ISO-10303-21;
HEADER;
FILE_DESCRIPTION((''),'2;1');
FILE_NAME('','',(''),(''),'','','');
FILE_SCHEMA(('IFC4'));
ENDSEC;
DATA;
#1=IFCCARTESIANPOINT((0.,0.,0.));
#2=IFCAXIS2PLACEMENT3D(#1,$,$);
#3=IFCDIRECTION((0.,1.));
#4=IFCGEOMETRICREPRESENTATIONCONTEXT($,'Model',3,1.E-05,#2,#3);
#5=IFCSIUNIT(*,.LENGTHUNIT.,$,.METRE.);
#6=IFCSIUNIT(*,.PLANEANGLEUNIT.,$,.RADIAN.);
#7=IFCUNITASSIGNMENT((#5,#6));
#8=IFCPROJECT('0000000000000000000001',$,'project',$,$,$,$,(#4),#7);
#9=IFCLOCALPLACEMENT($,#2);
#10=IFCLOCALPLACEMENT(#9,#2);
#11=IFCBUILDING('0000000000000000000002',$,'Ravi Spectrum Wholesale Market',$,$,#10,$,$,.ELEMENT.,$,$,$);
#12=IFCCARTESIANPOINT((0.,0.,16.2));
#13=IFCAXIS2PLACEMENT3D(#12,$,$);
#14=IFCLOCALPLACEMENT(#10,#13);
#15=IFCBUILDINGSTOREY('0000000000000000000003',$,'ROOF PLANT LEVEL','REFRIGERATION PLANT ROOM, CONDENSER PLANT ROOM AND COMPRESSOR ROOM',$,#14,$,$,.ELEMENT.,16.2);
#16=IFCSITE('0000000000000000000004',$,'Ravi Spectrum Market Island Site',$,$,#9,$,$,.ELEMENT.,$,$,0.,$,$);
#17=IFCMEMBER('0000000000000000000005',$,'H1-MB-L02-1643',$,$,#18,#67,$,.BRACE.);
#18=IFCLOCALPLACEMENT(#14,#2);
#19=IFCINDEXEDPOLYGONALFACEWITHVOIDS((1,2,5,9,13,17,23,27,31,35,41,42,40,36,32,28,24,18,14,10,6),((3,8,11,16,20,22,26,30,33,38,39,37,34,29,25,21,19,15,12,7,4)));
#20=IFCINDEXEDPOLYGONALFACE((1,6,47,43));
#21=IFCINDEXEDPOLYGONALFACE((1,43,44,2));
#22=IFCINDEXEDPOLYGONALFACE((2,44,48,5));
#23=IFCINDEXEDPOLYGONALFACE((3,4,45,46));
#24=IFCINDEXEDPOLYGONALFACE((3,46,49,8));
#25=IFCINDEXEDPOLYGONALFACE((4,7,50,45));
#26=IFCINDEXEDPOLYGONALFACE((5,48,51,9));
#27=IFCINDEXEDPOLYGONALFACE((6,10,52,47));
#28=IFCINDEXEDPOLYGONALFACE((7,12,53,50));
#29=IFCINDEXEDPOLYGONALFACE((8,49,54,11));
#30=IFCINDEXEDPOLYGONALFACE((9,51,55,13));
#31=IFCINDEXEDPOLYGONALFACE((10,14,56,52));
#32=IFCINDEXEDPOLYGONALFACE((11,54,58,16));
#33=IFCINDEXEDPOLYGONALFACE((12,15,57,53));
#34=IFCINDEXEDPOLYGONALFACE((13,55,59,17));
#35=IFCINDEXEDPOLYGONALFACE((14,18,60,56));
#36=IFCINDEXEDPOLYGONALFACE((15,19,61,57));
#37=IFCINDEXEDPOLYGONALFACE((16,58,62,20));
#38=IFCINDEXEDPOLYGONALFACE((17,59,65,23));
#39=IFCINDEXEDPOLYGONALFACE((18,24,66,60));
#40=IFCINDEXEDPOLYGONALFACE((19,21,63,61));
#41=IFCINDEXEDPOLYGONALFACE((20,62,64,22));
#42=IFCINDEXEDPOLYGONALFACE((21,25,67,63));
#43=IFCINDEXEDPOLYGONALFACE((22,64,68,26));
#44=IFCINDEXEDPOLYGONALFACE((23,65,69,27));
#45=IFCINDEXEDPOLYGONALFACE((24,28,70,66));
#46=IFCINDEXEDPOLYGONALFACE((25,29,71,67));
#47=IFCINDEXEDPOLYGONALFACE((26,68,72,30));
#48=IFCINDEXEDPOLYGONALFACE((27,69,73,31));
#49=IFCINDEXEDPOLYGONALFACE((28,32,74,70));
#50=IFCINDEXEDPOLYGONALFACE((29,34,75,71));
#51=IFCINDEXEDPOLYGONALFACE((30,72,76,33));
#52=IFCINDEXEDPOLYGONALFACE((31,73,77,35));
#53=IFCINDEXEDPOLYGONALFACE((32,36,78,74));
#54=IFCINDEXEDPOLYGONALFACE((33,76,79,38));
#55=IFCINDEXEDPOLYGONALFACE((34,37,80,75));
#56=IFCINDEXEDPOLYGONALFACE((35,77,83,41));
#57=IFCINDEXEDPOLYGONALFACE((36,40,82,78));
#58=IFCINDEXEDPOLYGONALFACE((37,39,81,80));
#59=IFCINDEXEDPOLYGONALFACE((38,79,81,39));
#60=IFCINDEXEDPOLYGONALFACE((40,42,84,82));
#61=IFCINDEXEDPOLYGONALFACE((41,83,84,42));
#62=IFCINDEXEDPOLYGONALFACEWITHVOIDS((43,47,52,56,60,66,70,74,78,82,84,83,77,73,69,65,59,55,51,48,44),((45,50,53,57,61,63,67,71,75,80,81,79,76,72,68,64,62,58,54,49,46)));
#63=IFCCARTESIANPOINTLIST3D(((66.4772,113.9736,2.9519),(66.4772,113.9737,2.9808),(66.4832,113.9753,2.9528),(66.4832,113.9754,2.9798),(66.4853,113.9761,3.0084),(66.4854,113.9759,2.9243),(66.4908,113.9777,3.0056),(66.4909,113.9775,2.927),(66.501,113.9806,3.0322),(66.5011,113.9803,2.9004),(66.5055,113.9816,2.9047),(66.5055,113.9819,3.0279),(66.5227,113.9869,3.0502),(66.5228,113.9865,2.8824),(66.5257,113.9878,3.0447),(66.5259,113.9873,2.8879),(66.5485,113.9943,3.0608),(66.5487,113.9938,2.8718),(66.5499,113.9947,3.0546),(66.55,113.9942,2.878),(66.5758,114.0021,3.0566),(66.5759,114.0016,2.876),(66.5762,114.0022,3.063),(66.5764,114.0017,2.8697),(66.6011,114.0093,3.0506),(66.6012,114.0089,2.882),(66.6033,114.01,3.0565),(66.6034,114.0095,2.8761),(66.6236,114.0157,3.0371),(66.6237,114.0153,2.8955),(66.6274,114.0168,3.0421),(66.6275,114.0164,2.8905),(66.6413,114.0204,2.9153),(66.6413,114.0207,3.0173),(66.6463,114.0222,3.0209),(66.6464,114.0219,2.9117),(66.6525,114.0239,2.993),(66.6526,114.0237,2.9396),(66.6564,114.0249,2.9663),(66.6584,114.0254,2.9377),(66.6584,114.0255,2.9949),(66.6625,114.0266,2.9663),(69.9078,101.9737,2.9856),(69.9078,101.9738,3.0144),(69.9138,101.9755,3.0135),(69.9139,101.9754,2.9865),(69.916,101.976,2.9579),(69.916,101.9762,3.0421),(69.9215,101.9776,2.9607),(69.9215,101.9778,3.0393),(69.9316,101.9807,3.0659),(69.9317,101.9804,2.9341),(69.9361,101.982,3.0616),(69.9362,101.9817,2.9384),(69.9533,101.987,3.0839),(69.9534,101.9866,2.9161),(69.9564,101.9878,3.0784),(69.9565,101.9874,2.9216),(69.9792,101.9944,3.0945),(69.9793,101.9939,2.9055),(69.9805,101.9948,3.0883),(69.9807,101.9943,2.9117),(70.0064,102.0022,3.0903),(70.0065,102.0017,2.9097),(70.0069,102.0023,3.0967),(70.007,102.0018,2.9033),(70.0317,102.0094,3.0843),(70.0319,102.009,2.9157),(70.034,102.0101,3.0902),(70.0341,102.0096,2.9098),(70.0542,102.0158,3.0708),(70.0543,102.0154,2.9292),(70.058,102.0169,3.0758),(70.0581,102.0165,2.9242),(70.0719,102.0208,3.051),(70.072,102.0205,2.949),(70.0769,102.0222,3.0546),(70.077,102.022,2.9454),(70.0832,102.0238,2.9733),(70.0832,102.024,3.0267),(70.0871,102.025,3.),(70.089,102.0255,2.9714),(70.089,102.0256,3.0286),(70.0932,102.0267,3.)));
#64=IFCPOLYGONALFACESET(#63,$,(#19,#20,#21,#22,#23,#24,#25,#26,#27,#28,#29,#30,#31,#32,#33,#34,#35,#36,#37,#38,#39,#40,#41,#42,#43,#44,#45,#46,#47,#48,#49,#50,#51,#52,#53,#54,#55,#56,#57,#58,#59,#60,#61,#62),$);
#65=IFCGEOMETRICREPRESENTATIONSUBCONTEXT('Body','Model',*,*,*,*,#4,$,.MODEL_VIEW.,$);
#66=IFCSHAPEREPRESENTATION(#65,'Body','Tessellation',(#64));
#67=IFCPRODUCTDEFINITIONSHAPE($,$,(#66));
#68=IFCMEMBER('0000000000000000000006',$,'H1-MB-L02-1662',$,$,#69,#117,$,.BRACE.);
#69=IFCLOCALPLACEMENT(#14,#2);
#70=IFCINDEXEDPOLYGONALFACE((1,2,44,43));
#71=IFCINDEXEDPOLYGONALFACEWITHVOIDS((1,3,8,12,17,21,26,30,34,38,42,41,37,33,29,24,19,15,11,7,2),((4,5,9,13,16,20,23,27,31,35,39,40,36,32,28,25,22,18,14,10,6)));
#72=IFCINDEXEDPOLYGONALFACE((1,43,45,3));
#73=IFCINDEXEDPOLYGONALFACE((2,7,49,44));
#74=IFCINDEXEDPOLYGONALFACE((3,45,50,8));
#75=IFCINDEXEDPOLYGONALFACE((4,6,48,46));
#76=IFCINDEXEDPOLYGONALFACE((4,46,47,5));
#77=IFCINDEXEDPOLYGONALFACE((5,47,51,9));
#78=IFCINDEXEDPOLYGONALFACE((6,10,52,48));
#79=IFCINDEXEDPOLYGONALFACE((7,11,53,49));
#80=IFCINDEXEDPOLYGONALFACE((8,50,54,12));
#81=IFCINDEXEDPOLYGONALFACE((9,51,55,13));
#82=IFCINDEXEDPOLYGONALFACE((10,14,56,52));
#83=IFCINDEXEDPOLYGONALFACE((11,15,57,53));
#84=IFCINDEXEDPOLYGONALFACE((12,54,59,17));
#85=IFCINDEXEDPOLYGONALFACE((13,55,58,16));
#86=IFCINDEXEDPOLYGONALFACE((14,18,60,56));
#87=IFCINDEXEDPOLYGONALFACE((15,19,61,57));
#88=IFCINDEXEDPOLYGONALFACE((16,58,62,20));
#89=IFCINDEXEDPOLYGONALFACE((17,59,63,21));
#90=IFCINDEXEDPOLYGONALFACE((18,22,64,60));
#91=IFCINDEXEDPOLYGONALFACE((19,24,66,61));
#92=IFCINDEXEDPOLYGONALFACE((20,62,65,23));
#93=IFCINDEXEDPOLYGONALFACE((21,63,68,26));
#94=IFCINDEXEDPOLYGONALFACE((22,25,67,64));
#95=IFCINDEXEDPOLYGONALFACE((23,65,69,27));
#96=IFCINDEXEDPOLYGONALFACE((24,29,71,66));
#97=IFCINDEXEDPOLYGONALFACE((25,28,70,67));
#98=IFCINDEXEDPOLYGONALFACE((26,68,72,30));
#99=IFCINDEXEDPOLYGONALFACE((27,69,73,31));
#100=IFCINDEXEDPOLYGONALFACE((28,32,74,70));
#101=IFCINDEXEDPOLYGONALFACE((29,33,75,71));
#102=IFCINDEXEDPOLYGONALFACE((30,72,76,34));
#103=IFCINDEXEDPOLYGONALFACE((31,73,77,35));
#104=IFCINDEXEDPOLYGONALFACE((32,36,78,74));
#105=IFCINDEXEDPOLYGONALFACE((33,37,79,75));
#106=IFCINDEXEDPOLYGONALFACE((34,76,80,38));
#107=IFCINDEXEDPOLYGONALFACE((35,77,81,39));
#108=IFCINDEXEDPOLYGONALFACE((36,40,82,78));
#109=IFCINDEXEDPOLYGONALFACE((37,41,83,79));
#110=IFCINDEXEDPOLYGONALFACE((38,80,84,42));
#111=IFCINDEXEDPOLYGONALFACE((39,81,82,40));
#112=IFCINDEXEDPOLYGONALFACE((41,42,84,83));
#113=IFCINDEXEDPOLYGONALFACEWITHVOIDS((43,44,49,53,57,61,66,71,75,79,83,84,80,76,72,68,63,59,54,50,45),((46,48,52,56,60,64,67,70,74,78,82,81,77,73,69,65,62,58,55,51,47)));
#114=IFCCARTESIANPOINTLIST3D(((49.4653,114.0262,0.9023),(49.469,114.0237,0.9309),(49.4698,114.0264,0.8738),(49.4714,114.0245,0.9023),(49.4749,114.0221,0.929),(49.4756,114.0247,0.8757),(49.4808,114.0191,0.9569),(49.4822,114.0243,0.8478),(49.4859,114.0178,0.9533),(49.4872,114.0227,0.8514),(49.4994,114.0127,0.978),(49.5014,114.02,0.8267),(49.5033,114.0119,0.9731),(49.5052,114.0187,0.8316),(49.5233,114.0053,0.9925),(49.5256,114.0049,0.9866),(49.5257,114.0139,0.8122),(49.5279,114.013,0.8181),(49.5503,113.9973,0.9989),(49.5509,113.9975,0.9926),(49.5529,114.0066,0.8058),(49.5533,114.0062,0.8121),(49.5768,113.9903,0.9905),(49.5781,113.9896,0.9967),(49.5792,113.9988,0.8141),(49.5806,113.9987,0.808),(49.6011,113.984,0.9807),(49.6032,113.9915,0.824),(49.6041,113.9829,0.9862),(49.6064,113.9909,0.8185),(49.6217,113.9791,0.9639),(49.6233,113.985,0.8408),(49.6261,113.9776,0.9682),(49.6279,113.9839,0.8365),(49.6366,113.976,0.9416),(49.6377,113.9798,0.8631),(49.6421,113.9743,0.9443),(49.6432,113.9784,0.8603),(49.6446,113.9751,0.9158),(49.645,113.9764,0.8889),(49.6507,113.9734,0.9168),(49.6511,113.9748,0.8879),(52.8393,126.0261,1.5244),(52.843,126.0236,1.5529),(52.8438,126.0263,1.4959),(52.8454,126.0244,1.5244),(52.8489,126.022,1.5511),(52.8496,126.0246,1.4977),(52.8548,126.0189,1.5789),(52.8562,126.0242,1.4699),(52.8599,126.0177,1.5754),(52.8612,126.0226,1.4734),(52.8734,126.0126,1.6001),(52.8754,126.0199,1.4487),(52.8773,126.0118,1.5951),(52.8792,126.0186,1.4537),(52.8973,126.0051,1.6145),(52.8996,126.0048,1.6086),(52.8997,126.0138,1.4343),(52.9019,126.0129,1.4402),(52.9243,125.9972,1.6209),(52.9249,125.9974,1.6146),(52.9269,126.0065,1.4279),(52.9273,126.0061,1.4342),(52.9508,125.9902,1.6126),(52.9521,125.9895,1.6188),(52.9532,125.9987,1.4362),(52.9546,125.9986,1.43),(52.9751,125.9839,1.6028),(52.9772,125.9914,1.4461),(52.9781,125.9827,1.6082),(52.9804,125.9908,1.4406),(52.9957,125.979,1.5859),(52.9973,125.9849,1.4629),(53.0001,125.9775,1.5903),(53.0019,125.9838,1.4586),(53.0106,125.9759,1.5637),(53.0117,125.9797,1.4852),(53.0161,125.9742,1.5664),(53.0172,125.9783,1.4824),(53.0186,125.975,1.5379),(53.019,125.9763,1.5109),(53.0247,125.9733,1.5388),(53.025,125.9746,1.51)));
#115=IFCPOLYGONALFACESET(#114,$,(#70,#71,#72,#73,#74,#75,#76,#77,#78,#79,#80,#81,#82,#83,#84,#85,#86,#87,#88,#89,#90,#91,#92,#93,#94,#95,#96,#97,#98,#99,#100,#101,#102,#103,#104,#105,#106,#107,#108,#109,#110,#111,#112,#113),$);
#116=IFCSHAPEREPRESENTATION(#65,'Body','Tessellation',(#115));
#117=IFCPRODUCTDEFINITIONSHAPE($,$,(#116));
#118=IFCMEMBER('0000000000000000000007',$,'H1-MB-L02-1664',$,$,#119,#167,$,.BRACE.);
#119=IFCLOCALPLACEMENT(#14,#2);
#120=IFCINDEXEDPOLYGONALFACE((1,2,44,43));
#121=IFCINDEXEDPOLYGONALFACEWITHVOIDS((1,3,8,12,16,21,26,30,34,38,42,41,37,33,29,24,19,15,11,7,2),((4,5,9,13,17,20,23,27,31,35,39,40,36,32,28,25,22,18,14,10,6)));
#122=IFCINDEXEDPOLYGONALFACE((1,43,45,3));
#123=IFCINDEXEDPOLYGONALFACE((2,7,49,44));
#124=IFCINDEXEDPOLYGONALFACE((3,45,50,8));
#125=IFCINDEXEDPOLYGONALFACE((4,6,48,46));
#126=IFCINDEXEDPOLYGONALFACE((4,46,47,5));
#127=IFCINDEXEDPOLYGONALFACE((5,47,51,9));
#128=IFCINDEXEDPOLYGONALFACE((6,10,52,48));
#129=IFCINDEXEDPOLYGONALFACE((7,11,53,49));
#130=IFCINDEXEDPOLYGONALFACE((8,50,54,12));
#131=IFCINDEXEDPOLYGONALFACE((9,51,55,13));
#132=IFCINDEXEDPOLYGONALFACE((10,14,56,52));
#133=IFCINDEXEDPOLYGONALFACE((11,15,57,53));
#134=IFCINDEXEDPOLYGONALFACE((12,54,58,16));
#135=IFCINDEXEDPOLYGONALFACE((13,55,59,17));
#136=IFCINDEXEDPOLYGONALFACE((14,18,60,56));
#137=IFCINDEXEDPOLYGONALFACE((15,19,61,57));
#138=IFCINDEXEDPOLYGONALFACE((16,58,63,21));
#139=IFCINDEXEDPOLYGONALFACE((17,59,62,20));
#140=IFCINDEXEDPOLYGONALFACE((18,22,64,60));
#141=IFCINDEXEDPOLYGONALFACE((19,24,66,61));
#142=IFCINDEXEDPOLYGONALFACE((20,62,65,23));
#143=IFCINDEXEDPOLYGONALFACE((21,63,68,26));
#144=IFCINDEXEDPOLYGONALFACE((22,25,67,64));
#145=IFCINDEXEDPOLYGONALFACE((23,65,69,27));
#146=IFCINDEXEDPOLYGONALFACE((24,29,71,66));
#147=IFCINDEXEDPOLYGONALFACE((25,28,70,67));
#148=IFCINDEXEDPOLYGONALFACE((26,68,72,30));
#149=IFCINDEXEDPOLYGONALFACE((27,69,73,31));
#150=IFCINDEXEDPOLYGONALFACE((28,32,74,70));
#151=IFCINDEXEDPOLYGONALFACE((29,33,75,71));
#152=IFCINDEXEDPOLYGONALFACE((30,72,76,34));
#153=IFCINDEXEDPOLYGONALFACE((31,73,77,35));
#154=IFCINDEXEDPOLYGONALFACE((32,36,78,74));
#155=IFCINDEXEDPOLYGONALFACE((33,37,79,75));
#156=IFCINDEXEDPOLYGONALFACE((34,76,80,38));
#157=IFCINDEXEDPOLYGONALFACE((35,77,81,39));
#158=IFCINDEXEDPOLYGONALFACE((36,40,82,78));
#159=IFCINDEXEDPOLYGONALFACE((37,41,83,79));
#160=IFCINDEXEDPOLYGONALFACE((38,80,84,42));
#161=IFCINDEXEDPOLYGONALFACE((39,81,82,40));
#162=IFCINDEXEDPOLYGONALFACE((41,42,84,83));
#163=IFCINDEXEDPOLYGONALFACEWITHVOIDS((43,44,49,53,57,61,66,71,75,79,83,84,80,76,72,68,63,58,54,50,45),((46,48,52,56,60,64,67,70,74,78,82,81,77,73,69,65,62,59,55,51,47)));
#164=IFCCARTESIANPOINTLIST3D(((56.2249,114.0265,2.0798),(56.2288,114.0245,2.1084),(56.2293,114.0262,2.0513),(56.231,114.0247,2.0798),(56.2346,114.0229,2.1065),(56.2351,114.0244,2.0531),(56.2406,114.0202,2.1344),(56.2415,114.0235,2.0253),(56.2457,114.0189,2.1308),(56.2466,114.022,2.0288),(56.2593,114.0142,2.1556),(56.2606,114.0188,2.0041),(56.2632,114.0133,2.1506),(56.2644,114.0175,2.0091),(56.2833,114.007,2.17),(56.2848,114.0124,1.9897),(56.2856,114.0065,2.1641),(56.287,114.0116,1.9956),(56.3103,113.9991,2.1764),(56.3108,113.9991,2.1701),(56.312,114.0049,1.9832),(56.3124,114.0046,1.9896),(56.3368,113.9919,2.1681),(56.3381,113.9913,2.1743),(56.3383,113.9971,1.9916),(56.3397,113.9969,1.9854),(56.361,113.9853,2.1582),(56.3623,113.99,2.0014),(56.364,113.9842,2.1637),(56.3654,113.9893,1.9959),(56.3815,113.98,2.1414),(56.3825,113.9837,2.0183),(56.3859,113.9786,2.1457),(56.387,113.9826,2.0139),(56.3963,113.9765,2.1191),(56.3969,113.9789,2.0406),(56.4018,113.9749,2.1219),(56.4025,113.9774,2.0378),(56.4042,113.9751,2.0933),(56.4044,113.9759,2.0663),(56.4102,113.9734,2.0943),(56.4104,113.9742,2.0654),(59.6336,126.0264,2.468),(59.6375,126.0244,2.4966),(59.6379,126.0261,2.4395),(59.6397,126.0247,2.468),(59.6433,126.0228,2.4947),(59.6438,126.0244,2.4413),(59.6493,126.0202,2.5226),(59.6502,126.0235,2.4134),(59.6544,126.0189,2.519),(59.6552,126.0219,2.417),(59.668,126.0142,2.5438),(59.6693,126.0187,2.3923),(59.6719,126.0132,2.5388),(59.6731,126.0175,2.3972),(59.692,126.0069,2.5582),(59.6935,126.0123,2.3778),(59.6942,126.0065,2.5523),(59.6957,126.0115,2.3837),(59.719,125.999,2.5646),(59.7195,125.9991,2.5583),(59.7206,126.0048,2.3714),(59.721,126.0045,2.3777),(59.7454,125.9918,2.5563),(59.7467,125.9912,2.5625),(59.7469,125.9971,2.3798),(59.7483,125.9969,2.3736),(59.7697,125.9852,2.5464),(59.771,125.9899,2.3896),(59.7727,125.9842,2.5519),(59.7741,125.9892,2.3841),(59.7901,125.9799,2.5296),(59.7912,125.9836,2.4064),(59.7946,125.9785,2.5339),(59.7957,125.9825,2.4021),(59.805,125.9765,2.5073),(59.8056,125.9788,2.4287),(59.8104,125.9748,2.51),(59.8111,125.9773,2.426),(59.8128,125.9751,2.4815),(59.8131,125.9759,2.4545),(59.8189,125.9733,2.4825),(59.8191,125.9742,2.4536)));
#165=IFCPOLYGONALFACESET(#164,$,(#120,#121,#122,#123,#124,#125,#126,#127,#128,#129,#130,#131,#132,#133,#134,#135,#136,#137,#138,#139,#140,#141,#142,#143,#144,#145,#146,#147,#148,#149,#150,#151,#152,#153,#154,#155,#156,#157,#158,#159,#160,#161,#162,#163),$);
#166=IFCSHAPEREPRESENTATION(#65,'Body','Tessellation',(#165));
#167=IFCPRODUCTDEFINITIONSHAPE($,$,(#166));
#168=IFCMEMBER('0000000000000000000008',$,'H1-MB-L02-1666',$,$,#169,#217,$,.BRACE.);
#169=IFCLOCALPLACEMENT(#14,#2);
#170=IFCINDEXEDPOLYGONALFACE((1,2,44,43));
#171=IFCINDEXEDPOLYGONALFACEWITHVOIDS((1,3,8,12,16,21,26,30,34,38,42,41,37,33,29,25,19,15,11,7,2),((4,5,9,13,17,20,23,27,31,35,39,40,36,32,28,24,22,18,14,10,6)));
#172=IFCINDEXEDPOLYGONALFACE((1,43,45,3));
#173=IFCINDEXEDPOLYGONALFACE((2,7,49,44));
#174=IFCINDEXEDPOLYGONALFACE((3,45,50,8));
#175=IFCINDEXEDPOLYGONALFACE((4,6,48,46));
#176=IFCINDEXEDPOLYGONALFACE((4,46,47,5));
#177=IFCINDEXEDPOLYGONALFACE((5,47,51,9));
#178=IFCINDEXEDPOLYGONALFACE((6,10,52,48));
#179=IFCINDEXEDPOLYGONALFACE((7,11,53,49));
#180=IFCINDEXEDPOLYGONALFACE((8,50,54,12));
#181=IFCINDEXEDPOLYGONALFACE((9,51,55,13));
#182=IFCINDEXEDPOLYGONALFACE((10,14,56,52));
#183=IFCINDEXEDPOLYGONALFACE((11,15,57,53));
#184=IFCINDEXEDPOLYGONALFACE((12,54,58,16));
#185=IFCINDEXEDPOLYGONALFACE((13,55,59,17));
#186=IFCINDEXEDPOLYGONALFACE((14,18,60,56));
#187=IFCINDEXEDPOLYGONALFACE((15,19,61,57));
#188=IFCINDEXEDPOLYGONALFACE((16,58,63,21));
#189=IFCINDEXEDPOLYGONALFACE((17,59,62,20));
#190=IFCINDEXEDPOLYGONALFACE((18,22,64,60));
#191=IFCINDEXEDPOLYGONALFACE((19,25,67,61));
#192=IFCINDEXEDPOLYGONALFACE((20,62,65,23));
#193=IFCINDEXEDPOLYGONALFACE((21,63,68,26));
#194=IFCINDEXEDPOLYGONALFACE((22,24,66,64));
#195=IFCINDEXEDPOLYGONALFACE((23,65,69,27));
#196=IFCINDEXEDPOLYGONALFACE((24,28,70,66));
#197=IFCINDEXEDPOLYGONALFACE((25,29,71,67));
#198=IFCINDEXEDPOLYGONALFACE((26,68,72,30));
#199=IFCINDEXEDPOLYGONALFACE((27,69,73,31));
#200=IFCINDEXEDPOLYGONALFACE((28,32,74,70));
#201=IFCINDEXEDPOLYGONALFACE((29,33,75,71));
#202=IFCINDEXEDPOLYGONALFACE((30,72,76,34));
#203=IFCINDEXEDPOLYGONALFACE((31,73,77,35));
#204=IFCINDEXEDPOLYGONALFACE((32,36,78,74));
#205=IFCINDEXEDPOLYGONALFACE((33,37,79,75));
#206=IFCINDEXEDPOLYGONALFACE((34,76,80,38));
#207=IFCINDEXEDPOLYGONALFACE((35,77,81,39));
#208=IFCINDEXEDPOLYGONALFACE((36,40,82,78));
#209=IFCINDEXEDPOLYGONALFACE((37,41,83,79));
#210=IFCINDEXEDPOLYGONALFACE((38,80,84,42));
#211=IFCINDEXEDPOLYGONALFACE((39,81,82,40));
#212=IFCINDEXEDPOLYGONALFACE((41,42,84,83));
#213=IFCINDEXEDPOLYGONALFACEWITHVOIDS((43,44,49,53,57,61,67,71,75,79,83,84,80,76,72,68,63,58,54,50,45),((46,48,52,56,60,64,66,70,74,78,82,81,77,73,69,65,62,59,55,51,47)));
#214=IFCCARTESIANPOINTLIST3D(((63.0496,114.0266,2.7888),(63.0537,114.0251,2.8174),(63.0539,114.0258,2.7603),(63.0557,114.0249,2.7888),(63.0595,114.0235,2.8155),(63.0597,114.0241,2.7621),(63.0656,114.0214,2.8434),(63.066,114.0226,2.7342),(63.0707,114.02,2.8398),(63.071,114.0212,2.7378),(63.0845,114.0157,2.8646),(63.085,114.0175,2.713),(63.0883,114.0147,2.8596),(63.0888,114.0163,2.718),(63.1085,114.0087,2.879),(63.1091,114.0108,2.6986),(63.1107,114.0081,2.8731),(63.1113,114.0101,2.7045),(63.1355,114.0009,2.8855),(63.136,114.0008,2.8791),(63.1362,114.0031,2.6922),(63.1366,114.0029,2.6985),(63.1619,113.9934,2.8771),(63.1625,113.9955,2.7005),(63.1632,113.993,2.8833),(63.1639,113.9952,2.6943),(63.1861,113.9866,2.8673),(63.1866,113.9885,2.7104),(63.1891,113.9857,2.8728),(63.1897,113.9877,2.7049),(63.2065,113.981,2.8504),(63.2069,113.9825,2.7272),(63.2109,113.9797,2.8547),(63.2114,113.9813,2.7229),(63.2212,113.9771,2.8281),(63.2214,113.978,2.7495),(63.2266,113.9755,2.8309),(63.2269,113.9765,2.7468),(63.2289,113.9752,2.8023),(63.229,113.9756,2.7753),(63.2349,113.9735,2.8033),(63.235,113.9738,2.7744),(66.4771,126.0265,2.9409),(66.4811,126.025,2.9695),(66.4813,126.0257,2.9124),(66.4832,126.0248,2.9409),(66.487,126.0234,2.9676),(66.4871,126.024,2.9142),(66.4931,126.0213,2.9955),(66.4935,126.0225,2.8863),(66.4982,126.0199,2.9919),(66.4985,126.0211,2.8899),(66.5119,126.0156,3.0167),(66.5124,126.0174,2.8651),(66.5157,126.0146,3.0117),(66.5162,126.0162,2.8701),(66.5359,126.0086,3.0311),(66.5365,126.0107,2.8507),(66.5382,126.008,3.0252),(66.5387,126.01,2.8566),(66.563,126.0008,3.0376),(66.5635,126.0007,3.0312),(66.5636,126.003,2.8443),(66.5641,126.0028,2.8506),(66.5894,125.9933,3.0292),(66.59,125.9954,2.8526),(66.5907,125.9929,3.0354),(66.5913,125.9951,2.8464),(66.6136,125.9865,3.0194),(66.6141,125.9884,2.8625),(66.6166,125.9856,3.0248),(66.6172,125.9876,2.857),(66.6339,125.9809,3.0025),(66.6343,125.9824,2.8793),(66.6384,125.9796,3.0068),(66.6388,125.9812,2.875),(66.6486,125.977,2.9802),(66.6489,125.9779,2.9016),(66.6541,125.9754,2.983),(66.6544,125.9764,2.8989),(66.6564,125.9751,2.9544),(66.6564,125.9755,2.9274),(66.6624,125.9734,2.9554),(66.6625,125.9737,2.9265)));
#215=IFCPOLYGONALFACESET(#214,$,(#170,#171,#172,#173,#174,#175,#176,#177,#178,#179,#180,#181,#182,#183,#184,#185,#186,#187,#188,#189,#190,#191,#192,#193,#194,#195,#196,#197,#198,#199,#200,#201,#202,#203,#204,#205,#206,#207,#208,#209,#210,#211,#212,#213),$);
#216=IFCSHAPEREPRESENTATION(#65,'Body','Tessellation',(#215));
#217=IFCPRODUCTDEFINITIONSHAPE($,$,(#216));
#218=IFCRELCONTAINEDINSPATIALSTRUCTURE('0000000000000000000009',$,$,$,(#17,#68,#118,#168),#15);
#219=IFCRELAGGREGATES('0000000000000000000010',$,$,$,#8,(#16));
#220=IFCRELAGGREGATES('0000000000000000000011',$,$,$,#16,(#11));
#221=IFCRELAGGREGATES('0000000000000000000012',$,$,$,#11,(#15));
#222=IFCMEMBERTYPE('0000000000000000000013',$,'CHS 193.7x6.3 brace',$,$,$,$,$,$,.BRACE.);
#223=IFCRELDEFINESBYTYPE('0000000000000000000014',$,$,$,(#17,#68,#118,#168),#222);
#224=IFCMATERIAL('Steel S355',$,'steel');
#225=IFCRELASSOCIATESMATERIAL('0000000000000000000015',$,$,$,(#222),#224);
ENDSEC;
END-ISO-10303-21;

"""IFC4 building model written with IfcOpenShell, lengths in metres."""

from ifc_helpers import new_model, si_unit, direction, frame, origin, origin_2d, place, context, subcontext, project, spatial, hollow_circle, extrude, material, material_profile, profile_set, type_object, element, save


model = new_model("IFC4")

# Units and contexts
model_context = context("Model", 3, precision=1e-05, world=origin(), true_north=direction((0.0, 1.0)))
body_context = subcontext(model_context, "Body", "Model", "MODEL_VIEW")
ifc_project = project(units=[si_unit("LENGTHUNIT", "METRE"), si_unit("PLANEANGLEUNIT", "RADIAN")], contexts=[model_context])

# Site, building, storey
site_placement = place(None, origin())
site = spatial("IfcSite", under=ifc_project, at=site_placement, Name="Ravi Spectrum Market Island Site", CompositionType="ELEMENT", RefElevation=0.0)
building_placement = place(site_placement, origin())
building = spatial("IfcBuilding", under=site, at=building_placement, Name="Ravi Spectrum Wholesale Market", CompositionType="ELEMENT")
storey_placement = place(building_placement, frame((0.0, 0.0, 16.2)))
storey = spatial("IfcBuildingStorey", under=building, at=storey_placement, Name="ROOF PLANT LEVEL", Description="REFRIGERATION PLANT ROOM, CONDENSER PLANT ROOM AND COMPRESSOR ROOM", CompositionType="ELEMENT", Elevation=16.2)

# Members
ifc_material_1 = material(Name="Steel S355", Category="steel")
ifc_material_profile_1 = material_profile(ifc_material_1, hollow_circle(Radius=0.0969, WallThickness=0.0063, at=origin_2d()))
ifc_profile_set_1 = profile_set([ifc_material_profile_1], Name="Steel S355")
member_type_1 = type_object("IfcMemberType", Name="CHS 193.7x6.3 brace", PredefinedType="BRACE", material=ifc_profile_set_1)
for number, where, z_axis, x_axis, name in (
    (1, (66.5693, 114.0, 2.9663), (0.274875, -0.961476, 0.002699), (0.96148, 0.274876, 0.0), "H1-MB-L02-1643"),
    (2, (49.5586, 114.0, 0.9023), (0.270337, 0.961475, 0.049842), (-0.962671, 0.270673, 0.0), "H1-MB-L02-1662"),
    (3, (56.3181, 114.0, 2.0798), (0.273115, 0.961478, 0.031103), (-0.961944, 0.273247, 0.0), "H1-MB-L02-1664"),
    (4, (63.1428, 114.0, 2.7888), (0.274621, 0.961475, 0.012187), (-0.961547, 0.274641, 0.0), "H1-MB-L02-1666"),
):
    element("IfcMember", number, at=place(storey_placement, frame(where, z_axis=z_axis, x_axis=x_axis)), inside=storey, type_object=member_type_1, Name=name, PredefinedType="BRACE", context=body_context, shape_type="SweptSolid", body=[
        extrude(hollow_circle(Radius=0.0969, WallThickness=0.0063, at=origin_2d()), origin(), (0.0, 0.0, 1.0), 12.4807),
    ])

save(model, "model.ifc")
